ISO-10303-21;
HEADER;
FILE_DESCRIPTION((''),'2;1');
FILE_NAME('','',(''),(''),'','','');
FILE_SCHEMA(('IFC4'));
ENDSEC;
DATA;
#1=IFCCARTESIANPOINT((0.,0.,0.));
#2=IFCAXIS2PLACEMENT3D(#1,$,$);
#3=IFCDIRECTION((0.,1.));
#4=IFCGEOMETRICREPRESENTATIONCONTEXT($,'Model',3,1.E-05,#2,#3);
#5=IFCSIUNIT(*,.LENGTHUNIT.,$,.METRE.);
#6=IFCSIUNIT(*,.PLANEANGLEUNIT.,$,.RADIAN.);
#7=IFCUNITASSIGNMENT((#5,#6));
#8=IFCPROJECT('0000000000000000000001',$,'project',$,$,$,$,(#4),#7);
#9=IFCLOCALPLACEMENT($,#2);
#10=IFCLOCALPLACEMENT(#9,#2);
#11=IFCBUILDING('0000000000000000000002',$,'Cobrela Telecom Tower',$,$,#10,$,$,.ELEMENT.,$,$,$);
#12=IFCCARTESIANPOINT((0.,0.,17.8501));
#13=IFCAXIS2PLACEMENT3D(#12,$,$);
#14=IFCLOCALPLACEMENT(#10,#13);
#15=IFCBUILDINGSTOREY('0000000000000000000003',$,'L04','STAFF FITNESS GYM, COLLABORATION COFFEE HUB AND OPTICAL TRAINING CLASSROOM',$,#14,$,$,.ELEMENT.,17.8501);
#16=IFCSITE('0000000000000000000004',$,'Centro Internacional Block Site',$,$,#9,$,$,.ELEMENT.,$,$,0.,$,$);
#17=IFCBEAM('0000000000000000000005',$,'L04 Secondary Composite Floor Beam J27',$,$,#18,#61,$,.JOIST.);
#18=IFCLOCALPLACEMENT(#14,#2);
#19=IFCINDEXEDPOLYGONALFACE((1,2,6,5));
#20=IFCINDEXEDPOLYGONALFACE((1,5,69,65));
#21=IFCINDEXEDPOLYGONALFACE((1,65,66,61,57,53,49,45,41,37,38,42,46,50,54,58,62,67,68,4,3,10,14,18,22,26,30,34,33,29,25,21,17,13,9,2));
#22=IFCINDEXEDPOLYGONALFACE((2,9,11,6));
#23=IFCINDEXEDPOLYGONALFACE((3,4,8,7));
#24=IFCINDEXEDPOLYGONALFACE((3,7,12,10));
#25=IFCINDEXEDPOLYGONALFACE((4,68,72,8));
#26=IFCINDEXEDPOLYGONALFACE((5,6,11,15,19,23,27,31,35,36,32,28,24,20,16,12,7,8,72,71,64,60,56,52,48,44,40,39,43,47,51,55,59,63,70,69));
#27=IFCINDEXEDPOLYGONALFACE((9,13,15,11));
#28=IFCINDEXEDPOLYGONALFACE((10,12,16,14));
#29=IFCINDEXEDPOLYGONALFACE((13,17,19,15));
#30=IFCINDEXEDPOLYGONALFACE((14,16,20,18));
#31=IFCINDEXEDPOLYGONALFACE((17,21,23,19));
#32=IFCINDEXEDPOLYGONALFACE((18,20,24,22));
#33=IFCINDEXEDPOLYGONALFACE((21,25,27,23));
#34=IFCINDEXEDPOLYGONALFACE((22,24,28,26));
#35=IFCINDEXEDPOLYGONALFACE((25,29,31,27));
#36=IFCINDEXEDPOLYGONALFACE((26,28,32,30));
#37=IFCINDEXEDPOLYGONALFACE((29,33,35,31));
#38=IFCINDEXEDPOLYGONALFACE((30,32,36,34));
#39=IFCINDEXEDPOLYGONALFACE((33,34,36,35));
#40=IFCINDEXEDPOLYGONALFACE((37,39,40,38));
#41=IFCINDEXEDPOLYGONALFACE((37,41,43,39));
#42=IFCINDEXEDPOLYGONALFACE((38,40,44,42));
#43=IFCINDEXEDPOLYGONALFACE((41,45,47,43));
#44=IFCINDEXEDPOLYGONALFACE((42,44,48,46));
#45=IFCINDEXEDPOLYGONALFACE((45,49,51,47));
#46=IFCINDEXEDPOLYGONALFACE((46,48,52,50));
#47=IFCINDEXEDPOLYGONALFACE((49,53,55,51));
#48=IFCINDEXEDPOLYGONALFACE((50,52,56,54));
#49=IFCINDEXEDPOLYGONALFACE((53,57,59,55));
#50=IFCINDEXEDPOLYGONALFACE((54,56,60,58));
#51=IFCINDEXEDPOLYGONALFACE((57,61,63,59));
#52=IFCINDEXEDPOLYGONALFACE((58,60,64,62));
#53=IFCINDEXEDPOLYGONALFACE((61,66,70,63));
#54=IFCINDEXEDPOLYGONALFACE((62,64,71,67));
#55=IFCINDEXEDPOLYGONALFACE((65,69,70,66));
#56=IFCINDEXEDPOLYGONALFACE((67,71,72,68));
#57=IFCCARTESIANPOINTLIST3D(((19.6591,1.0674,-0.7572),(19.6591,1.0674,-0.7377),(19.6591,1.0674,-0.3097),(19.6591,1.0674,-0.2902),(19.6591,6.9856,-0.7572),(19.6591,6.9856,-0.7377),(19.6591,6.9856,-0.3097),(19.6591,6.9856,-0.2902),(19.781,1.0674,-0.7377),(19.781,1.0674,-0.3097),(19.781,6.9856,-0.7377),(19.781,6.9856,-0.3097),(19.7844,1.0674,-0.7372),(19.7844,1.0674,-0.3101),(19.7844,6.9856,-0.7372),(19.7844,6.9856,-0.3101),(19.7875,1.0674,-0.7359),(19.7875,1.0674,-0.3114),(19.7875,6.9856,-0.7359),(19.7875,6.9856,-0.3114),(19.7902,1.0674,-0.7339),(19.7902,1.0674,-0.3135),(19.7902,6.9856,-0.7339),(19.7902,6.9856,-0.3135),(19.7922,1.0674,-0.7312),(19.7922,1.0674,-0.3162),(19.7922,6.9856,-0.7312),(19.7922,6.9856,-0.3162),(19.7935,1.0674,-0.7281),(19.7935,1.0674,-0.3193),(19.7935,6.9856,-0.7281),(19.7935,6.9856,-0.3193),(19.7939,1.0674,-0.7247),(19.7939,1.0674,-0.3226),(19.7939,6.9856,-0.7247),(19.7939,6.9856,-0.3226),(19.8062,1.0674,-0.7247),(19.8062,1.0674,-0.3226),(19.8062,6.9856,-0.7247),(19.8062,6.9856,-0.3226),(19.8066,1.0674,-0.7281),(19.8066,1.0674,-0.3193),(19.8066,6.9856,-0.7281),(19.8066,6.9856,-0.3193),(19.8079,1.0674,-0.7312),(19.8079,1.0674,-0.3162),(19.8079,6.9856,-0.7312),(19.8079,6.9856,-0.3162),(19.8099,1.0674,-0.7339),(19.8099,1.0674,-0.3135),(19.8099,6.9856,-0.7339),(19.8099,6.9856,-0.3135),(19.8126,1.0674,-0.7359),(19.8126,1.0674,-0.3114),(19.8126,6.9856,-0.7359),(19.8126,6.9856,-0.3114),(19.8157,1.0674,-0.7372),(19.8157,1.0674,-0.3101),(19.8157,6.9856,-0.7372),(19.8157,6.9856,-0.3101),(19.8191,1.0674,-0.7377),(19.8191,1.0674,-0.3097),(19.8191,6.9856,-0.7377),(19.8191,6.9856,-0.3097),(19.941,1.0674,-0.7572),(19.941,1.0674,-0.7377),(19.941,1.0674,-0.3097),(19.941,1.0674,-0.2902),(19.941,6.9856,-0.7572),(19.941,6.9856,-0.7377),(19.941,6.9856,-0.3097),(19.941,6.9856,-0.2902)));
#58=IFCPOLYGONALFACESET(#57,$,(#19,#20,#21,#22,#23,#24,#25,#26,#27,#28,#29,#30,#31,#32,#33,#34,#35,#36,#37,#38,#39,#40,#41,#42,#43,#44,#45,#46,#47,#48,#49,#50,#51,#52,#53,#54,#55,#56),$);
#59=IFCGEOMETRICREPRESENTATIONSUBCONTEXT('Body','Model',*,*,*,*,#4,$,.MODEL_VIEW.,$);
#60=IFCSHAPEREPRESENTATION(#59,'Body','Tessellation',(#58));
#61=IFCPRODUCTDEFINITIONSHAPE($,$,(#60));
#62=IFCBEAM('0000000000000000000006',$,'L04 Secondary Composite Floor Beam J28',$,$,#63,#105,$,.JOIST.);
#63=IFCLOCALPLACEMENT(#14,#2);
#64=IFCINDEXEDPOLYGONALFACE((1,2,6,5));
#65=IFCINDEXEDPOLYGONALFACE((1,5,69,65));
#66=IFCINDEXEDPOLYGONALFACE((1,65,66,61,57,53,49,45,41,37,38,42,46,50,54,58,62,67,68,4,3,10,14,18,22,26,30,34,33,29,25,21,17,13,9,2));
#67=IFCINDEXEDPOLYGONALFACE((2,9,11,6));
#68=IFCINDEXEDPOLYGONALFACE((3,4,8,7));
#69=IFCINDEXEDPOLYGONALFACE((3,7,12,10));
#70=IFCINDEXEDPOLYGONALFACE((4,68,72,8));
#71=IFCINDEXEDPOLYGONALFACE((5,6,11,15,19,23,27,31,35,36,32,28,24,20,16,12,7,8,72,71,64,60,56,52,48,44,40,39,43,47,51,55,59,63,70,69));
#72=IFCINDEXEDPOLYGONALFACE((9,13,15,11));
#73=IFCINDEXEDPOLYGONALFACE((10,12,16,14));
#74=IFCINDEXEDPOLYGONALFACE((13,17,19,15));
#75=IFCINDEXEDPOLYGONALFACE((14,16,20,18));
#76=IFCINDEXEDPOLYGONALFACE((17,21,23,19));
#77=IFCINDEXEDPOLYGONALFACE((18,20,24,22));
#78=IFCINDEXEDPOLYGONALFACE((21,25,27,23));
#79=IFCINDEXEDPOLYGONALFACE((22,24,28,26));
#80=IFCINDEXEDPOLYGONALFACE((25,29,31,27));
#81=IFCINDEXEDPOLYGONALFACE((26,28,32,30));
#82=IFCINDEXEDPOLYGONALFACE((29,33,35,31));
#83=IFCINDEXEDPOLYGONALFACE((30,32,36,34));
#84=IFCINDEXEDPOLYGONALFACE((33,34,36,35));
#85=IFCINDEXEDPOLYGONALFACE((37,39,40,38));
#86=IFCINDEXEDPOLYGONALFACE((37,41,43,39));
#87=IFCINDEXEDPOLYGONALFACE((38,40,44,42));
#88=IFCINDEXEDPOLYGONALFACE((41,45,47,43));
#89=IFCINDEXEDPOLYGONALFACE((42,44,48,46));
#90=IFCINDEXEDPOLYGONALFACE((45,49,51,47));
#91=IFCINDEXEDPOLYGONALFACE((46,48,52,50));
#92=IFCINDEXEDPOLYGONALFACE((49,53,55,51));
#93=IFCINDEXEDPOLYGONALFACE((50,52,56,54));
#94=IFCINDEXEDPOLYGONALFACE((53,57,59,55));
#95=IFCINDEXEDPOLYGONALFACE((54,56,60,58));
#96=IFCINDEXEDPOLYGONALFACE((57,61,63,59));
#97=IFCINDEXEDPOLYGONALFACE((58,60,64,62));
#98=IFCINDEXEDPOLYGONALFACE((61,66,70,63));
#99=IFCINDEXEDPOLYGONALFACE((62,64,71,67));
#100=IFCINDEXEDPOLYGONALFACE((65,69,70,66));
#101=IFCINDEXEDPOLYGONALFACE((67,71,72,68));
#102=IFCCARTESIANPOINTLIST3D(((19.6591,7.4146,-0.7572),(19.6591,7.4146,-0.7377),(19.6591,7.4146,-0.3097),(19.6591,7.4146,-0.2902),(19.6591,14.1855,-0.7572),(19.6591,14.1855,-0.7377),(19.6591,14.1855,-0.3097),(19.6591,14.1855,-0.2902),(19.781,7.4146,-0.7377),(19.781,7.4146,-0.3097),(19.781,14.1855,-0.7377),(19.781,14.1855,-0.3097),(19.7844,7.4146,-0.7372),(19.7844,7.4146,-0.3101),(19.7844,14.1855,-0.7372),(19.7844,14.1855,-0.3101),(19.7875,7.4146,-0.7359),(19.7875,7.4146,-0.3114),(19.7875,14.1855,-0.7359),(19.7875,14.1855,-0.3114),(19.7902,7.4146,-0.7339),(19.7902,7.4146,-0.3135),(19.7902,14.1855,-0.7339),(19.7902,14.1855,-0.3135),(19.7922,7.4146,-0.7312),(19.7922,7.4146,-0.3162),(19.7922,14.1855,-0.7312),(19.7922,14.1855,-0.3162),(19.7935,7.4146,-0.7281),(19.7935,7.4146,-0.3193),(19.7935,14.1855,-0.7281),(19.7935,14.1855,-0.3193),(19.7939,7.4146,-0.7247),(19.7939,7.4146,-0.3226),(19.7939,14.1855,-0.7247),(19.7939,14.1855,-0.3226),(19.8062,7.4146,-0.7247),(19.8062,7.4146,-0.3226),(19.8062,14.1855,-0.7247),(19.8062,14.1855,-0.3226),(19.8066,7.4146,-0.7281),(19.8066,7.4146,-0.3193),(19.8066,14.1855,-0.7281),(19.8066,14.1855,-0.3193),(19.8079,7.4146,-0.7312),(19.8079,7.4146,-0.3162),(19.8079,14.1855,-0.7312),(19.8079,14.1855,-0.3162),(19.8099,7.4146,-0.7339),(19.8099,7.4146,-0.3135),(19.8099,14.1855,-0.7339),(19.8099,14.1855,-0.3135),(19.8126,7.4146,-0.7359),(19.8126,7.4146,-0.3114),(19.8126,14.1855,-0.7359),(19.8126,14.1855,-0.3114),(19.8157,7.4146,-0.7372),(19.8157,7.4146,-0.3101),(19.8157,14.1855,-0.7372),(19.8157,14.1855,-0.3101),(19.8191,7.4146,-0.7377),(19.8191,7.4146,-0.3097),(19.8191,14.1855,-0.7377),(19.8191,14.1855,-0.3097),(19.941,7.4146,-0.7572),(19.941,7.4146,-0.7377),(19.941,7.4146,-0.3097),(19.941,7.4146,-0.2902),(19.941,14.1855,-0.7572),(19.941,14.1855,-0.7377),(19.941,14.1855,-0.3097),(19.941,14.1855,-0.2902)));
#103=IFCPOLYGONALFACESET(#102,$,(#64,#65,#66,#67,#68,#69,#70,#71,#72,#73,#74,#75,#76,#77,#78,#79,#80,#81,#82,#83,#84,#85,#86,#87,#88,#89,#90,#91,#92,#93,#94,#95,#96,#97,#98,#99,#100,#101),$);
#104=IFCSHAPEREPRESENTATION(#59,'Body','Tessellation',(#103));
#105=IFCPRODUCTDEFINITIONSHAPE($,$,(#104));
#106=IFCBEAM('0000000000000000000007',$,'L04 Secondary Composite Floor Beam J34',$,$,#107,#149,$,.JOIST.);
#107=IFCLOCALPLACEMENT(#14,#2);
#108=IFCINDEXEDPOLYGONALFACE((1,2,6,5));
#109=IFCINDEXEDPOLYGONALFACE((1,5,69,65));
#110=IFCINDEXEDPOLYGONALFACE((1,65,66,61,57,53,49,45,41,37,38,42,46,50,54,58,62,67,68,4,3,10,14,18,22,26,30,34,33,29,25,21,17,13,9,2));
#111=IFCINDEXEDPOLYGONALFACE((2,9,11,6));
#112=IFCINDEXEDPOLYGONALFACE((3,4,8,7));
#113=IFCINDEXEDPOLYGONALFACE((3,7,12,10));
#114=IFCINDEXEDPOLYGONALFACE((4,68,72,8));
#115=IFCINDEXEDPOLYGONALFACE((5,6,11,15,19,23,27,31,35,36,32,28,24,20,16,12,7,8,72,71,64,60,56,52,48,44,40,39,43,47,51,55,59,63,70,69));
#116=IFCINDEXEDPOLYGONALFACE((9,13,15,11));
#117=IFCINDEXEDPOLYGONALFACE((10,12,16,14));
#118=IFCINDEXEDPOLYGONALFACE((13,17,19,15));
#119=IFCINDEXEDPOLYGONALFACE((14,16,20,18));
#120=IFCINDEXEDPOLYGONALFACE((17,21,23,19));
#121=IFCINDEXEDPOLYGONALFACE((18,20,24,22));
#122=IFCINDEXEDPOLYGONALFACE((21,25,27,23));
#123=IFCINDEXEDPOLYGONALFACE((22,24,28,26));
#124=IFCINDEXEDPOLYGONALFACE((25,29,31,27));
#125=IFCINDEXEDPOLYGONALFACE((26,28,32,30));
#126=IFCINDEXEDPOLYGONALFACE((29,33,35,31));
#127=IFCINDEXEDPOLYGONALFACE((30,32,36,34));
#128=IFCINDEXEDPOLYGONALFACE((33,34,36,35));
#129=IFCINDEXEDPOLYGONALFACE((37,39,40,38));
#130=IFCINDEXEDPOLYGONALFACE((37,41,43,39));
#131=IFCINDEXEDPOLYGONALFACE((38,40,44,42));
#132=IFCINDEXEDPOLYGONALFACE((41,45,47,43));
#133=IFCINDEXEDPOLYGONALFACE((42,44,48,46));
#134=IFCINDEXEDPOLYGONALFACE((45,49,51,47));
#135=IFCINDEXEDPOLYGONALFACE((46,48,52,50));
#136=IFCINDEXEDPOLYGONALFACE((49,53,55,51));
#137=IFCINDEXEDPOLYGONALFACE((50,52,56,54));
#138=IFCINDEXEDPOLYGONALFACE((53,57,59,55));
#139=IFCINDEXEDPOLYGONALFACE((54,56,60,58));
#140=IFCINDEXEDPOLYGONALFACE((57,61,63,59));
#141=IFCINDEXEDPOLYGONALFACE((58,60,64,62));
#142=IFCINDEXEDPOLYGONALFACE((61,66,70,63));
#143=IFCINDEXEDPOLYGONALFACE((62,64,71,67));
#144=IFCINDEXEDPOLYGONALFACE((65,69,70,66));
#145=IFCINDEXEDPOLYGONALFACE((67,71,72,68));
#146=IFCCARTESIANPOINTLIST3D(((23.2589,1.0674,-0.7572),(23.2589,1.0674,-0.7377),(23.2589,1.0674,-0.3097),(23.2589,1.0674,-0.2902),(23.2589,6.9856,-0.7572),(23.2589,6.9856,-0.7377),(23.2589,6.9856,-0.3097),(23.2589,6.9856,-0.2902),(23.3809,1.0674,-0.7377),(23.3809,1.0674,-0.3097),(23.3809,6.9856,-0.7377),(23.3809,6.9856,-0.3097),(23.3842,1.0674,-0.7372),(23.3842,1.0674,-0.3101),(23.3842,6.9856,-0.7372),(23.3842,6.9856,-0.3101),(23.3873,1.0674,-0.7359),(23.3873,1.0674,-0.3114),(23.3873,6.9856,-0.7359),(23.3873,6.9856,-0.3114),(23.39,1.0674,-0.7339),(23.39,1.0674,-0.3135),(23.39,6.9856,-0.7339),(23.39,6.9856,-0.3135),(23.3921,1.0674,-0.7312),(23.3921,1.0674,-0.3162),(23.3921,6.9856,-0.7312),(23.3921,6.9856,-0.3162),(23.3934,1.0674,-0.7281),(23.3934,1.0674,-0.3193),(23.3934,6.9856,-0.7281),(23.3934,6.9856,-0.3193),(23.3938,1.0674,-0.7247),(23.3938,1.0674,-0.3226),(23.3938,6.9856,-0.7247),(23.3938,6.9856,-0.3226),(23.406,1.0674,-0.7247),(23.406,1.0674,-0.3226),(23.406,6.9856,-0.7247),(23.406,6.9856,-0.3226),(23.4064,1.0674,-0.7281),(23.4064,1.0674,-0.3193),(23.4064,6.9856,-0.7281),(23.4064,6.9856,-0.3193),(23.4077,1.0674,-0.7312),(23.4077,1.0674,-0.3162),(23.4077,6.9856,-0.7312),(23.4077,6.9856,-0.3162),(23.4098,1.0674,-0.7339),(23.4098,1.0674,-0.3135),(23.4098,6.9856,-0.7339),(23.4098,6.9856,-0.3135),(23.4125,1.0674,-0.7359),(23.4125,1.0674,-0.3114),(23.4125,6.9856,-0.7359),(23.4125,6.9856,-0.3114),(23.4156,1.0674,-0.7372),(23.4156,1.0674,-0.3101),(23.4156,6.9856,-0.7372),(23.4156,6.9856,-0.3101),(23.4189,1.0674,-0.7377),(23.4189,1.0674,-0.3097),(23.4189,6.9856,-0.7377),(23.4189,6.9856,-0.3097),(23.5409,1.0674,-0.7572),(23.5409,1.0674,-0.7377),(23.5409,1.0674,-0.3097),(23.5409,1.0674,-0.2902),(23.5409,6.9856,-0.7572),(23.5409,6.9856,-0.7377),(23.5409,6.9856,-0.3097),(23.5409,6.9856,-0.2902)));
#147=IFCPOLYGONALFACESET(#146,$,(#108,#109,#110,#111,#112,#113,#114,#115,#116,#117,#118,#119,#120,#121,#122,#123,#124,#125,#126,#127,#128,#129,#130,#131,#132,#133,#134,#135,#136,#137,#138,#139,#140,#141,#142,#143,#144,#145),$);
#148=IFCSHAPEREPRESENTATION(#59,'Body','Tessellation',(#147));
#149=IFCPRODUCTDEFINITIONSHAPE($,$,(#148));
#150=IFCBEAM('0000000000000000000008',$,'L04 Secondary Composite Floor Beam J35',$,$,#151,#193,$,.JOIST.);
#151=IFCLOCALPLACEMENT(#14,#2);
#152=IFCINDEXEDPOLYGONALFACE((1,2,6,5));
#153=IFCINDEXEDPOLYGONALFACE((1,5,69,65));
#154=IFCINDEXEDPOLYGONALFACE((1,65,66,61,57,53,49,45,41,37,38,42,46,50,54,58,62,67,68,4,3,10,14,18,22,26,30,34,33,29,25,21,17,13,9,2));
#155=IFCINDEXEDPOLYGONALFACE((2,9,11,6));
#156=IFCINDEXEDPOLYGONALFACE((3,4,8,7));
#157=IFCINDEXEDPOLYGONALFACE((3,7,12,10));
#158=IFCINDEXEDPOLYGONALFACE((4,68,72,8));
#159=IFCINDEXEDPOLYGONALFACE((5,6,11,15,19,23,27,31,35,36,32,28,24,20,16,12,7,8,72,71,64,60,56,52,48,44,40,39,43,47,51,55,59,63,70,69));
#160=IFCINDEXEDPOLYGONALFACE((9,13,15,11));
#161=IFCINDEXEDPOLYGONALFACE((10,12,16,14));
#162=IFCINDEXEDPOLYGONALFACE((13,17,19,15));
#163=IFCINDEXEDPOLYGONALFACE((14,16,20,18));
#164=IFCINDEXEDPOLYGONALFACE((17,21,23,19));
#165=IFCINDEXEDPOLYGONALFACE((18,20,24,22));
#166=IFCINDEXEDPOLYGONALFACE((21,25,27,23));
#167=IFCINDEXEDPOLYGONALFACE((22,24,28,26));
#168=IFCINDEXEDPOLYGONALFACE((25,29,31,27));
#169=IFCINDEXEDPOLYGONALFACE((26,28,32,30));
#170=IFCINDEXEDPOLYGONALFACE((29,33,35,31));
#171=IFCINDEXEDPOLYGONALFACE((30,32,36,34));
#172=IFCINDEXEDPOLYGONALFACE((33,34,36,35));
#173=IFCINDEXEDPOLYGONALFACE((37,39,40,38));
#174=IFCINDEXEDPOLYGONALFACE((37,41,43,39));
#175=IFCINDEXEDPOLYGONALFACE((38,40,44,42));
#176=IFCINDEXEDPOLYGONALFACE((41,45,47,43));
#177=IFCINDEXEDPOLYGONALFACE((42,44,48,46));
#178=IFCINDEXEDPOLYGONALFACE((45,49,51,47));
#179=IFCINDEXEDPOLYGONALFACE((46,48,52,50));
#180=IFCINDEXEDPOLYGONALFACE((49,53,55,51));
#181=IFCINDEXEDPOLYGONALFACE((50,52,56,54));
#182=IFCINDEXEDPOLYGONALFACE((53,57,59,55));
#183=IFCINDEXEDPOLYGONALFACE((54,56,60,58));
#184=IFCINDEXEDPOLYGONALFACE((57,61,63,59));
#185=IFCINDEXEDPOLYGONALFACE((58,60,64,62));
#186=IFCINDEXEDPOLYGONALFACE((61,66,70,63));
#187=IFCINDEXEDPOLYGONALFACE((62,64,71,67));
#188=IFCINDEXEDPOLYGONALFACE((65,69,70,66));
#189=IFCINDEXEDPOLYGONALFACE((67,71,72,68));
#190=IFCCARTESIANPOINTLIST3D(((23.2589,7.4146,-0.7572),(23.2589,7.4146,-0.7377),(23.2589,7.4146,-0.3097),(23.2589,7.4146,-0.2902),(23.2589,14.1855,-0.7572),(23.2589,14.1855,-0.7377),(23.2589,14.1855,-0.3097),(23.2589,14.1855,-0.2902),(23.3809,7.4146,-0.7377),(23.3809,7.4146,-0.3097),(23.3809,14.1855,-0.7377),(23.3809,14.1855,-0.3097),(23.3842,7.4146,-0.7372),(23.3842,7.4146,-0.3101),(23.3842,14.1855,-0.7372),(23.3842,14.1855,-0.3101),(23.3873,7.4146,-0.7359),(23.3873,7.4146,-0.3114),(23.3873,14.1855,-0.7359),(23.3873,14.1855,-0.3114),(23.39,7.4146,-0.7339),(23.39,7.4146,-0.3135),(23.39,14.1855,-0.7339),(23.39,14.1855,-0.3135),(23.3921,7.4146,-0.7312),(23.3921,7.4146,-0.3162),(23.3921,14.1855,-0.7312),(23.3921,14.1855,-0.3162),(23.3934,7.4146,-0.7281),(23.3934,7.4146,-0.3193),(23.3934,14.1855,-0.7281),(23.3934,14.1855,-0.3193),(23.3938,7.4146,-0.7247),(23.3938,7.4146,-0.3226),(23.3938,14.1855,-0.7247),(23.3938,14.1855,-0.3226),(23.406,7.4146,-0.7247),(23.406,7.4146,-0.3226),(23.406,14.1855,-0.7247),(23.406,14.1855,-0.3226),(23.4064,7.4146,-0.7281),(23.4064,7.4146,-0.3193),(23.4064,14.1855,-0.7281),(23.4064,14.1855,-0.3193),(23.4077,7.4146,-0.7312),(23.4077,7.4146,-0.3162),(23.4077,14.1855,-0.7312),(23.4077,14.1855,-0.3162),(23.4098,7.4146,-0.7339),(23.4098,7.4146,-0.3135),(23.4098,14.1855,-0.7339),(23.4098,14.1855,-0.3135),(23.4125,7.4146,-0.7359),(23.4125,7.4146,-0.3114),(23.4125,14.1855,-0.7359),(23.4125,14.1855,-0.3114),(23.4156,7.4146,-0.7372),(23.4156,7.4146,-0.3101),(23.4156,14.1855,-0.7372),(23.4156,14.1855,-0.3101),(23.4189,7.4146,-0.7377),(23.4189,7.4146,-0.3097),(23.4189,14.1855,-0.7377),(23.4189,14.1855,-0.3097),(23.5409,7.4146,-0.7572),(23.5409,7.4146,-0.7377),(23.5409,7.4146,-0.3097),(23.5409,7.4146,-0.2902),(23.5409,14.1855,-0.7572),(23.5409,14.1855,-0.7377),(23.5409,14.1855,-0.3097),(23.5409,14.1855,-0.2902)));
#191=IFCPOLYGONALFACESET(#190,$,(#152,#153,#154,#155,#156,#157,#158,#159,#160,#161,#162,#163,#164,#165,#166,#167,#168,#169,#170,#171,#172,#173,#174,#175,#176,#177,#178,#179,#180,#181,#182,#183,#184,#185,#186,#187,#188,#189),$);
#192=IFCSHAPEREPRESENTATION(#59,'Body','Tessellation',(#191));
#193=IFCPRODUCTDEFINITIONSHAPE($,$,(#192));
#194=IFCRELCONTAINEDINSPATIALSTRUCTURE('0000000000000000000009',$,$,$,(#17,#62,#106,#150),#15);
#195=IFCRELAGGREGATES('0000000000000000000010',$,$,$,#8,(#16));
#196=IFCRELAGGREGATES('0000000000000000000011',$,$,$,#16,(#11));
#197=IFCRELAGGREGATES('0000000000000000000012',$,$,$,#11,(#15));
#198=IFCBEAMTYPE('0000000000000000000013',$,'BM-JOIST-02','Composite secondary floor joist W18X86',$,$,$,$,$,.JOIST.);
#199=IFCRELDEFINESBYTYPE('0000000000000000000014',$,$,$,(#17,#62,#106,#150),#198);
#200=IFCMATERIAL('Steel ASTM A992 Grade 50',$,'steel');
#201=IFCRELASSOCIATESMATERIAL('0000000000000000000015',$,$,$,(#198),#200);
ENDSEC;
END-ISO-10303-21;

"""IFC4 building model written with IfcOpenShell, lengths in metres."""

from ifc_helpers import new_model, si_unit, direction, frame, origin, origin_2d, place, context, subcontext, project, spatial, i_section, extrude, material, material_profile, profile_set, type_object, element, save


model = new_model("IFC4")

# Units and contexts
model_context = context("Model", 3, precision=1e-05, world=origin(), true_north=direction((0.0, 1.0)))
body_context = subcontext(model_context, "Body", "Model", "MODEL_VIEW")
ifc_project = project(units=[si_unit("LENGTHUNIT", "METRE"), si_unit("PLANEANGLEUNIT", "RADIAN")], contexts=[model_context])

# Site, building, storey
site_placement = place(None, origin())
site = spatial("IfcSite", under=ifc_project, at=site_placement, Name="Centro Internacional Block Site", CompositionType="ELEMENT", RefElevation=0.0)
building_placement = place(site_placement, origin())
building = spatial("IfcBuilding", under=site, at=building_placement, Name="Cobrela Telecom Tower", CompositionType="ELEMENT")
storey_placement = place(building_placement, frame((0.0, 0.0, 17.8501)))
storey = spatial("IfcBuildingStorey", under=building, at=storey_placement, Name="L04", Description="STAFF FITNESS GYM, COLLABORATION COFFEE HUB AND OPTICAL TRAINING CLASSROOM", CompositionType="ELEMENT", Elevation=17.8501)

# Beams
ifc_material_1 = material(Name="Steel ASTM A992 Grade 50", Category="steel")
ifc_material_profile_1 = material_profile(ifc_material_1, i_section(OverallWidth=0.282, OverallDepth=0.467, WebThickness=0.0122, FlangeThickness=0.0195, FilletRadius=0.0129, at=origin_2d()), Name="W18X86")
ifc_profile_set_1 = profile_set([ifc_material_profile_1], Name="Steel ASTM A992 Grade 50")
beam_type_1 = type_object("IfcBeamType", Name="BM-JOIST-02", Description="Composite secondary floor joist W18X86", PredefinedType="JOIST", material=ifc_profile_set_1)
beam_1_placement = place(storey_placement, frame((19.8, 1.0674, -0.5237), z_axis=(0.0, 1.0, 0.0), x_axis=(-1.0, 0.0, 0.0)))
element("IfcBeam", 1, at=beam_1_placement, inside=storey, type_object=beam_type_1, Name="L04 Secondary Composite Floor Beam J27", PredefinedType="JOIST", context=body_context, shape_type="SweptSolid", body=[
    extrude(i_section(OverallWidth=0.282, OverallDepth=0.467, WebThickness=0.0122, FlangeThickness=0.0195, FilletRadius=0.0129, at=origin_2d()), origin(), (0.0, 0.0, 1.0), 5.9182),
])
beam_2_placement = place(storey_placement, frame((19.8, 7.4146, -0.5237), z_axis=(0.0, 1.0, 0.0), x_axis=(-1.0, 0.0, 0.0)))
element("IfcBeam", 2, at=beam_2_placement, inside=storey, type_object=beam_type_1, Name="L04 Secondary Composite Floor Beam J28", PredefinedType="JOIST", context=body_context, shape_type="SweptSolid", body=[
    extrude(i_section(OverallWidth=0.282, OverallDepth=0.467, WebThickness=0.0122, FlangeThickness=0.0195, FilletRadius=0.0129, at=origin_2d()), origin(), (0.0, 0.0, 1.0), 6.771),
])
beam_3_placement = place(storey_placement, frame((23.3999, 1.0674, -0.5237), z_axis=(0.0, 1.0, 0.0), x_axis=(-1.0, 0.0, 0.0)))
element("IfcBeam", 3, at=beam_3_placement, inside=storey, type_object=beam_type_1, Name="L04 Secondary Composite Floor Beam J34", PredefinedType="JOIST", context=body_context, shape_type="SweptSolid", body=[
    extrude(i_section(OverallWidth=0.282, OverallDepth=0.467, WebThickness=0.0122, FlangeThickness=0.0195, FilletRadius=0.0129, at=origin_2d()), origin(), (0.0, 0.0, 1.0), 5.9182),
])
beam_4_placement = place(storey_placement, frame((23.3999, 7.4146, -0.5237), z_axis=(0.0, 1.0, 0.0), x_axis=(-1.0, 0.0, 0.0)))
element("IfcBeam", 4, at=beam_4_placement, inside=storey, type_object=beam_type_1, Name="L04 Secondary Composite Floor Beam J35", PredefinedType="JOIST", context=body_context, shape_type="SweptSolid", body=[
    extrude(i_section(OverallWidth=0.282, OverallDepth=0.467, WebThickness=0.0122, FlangeThickness=0.0195, FilletRadius=0.0129, at=origin_2d()), origin(), (0.0, 0.0, 1.0), 6.771),
])

save(model, "model.ifc")
